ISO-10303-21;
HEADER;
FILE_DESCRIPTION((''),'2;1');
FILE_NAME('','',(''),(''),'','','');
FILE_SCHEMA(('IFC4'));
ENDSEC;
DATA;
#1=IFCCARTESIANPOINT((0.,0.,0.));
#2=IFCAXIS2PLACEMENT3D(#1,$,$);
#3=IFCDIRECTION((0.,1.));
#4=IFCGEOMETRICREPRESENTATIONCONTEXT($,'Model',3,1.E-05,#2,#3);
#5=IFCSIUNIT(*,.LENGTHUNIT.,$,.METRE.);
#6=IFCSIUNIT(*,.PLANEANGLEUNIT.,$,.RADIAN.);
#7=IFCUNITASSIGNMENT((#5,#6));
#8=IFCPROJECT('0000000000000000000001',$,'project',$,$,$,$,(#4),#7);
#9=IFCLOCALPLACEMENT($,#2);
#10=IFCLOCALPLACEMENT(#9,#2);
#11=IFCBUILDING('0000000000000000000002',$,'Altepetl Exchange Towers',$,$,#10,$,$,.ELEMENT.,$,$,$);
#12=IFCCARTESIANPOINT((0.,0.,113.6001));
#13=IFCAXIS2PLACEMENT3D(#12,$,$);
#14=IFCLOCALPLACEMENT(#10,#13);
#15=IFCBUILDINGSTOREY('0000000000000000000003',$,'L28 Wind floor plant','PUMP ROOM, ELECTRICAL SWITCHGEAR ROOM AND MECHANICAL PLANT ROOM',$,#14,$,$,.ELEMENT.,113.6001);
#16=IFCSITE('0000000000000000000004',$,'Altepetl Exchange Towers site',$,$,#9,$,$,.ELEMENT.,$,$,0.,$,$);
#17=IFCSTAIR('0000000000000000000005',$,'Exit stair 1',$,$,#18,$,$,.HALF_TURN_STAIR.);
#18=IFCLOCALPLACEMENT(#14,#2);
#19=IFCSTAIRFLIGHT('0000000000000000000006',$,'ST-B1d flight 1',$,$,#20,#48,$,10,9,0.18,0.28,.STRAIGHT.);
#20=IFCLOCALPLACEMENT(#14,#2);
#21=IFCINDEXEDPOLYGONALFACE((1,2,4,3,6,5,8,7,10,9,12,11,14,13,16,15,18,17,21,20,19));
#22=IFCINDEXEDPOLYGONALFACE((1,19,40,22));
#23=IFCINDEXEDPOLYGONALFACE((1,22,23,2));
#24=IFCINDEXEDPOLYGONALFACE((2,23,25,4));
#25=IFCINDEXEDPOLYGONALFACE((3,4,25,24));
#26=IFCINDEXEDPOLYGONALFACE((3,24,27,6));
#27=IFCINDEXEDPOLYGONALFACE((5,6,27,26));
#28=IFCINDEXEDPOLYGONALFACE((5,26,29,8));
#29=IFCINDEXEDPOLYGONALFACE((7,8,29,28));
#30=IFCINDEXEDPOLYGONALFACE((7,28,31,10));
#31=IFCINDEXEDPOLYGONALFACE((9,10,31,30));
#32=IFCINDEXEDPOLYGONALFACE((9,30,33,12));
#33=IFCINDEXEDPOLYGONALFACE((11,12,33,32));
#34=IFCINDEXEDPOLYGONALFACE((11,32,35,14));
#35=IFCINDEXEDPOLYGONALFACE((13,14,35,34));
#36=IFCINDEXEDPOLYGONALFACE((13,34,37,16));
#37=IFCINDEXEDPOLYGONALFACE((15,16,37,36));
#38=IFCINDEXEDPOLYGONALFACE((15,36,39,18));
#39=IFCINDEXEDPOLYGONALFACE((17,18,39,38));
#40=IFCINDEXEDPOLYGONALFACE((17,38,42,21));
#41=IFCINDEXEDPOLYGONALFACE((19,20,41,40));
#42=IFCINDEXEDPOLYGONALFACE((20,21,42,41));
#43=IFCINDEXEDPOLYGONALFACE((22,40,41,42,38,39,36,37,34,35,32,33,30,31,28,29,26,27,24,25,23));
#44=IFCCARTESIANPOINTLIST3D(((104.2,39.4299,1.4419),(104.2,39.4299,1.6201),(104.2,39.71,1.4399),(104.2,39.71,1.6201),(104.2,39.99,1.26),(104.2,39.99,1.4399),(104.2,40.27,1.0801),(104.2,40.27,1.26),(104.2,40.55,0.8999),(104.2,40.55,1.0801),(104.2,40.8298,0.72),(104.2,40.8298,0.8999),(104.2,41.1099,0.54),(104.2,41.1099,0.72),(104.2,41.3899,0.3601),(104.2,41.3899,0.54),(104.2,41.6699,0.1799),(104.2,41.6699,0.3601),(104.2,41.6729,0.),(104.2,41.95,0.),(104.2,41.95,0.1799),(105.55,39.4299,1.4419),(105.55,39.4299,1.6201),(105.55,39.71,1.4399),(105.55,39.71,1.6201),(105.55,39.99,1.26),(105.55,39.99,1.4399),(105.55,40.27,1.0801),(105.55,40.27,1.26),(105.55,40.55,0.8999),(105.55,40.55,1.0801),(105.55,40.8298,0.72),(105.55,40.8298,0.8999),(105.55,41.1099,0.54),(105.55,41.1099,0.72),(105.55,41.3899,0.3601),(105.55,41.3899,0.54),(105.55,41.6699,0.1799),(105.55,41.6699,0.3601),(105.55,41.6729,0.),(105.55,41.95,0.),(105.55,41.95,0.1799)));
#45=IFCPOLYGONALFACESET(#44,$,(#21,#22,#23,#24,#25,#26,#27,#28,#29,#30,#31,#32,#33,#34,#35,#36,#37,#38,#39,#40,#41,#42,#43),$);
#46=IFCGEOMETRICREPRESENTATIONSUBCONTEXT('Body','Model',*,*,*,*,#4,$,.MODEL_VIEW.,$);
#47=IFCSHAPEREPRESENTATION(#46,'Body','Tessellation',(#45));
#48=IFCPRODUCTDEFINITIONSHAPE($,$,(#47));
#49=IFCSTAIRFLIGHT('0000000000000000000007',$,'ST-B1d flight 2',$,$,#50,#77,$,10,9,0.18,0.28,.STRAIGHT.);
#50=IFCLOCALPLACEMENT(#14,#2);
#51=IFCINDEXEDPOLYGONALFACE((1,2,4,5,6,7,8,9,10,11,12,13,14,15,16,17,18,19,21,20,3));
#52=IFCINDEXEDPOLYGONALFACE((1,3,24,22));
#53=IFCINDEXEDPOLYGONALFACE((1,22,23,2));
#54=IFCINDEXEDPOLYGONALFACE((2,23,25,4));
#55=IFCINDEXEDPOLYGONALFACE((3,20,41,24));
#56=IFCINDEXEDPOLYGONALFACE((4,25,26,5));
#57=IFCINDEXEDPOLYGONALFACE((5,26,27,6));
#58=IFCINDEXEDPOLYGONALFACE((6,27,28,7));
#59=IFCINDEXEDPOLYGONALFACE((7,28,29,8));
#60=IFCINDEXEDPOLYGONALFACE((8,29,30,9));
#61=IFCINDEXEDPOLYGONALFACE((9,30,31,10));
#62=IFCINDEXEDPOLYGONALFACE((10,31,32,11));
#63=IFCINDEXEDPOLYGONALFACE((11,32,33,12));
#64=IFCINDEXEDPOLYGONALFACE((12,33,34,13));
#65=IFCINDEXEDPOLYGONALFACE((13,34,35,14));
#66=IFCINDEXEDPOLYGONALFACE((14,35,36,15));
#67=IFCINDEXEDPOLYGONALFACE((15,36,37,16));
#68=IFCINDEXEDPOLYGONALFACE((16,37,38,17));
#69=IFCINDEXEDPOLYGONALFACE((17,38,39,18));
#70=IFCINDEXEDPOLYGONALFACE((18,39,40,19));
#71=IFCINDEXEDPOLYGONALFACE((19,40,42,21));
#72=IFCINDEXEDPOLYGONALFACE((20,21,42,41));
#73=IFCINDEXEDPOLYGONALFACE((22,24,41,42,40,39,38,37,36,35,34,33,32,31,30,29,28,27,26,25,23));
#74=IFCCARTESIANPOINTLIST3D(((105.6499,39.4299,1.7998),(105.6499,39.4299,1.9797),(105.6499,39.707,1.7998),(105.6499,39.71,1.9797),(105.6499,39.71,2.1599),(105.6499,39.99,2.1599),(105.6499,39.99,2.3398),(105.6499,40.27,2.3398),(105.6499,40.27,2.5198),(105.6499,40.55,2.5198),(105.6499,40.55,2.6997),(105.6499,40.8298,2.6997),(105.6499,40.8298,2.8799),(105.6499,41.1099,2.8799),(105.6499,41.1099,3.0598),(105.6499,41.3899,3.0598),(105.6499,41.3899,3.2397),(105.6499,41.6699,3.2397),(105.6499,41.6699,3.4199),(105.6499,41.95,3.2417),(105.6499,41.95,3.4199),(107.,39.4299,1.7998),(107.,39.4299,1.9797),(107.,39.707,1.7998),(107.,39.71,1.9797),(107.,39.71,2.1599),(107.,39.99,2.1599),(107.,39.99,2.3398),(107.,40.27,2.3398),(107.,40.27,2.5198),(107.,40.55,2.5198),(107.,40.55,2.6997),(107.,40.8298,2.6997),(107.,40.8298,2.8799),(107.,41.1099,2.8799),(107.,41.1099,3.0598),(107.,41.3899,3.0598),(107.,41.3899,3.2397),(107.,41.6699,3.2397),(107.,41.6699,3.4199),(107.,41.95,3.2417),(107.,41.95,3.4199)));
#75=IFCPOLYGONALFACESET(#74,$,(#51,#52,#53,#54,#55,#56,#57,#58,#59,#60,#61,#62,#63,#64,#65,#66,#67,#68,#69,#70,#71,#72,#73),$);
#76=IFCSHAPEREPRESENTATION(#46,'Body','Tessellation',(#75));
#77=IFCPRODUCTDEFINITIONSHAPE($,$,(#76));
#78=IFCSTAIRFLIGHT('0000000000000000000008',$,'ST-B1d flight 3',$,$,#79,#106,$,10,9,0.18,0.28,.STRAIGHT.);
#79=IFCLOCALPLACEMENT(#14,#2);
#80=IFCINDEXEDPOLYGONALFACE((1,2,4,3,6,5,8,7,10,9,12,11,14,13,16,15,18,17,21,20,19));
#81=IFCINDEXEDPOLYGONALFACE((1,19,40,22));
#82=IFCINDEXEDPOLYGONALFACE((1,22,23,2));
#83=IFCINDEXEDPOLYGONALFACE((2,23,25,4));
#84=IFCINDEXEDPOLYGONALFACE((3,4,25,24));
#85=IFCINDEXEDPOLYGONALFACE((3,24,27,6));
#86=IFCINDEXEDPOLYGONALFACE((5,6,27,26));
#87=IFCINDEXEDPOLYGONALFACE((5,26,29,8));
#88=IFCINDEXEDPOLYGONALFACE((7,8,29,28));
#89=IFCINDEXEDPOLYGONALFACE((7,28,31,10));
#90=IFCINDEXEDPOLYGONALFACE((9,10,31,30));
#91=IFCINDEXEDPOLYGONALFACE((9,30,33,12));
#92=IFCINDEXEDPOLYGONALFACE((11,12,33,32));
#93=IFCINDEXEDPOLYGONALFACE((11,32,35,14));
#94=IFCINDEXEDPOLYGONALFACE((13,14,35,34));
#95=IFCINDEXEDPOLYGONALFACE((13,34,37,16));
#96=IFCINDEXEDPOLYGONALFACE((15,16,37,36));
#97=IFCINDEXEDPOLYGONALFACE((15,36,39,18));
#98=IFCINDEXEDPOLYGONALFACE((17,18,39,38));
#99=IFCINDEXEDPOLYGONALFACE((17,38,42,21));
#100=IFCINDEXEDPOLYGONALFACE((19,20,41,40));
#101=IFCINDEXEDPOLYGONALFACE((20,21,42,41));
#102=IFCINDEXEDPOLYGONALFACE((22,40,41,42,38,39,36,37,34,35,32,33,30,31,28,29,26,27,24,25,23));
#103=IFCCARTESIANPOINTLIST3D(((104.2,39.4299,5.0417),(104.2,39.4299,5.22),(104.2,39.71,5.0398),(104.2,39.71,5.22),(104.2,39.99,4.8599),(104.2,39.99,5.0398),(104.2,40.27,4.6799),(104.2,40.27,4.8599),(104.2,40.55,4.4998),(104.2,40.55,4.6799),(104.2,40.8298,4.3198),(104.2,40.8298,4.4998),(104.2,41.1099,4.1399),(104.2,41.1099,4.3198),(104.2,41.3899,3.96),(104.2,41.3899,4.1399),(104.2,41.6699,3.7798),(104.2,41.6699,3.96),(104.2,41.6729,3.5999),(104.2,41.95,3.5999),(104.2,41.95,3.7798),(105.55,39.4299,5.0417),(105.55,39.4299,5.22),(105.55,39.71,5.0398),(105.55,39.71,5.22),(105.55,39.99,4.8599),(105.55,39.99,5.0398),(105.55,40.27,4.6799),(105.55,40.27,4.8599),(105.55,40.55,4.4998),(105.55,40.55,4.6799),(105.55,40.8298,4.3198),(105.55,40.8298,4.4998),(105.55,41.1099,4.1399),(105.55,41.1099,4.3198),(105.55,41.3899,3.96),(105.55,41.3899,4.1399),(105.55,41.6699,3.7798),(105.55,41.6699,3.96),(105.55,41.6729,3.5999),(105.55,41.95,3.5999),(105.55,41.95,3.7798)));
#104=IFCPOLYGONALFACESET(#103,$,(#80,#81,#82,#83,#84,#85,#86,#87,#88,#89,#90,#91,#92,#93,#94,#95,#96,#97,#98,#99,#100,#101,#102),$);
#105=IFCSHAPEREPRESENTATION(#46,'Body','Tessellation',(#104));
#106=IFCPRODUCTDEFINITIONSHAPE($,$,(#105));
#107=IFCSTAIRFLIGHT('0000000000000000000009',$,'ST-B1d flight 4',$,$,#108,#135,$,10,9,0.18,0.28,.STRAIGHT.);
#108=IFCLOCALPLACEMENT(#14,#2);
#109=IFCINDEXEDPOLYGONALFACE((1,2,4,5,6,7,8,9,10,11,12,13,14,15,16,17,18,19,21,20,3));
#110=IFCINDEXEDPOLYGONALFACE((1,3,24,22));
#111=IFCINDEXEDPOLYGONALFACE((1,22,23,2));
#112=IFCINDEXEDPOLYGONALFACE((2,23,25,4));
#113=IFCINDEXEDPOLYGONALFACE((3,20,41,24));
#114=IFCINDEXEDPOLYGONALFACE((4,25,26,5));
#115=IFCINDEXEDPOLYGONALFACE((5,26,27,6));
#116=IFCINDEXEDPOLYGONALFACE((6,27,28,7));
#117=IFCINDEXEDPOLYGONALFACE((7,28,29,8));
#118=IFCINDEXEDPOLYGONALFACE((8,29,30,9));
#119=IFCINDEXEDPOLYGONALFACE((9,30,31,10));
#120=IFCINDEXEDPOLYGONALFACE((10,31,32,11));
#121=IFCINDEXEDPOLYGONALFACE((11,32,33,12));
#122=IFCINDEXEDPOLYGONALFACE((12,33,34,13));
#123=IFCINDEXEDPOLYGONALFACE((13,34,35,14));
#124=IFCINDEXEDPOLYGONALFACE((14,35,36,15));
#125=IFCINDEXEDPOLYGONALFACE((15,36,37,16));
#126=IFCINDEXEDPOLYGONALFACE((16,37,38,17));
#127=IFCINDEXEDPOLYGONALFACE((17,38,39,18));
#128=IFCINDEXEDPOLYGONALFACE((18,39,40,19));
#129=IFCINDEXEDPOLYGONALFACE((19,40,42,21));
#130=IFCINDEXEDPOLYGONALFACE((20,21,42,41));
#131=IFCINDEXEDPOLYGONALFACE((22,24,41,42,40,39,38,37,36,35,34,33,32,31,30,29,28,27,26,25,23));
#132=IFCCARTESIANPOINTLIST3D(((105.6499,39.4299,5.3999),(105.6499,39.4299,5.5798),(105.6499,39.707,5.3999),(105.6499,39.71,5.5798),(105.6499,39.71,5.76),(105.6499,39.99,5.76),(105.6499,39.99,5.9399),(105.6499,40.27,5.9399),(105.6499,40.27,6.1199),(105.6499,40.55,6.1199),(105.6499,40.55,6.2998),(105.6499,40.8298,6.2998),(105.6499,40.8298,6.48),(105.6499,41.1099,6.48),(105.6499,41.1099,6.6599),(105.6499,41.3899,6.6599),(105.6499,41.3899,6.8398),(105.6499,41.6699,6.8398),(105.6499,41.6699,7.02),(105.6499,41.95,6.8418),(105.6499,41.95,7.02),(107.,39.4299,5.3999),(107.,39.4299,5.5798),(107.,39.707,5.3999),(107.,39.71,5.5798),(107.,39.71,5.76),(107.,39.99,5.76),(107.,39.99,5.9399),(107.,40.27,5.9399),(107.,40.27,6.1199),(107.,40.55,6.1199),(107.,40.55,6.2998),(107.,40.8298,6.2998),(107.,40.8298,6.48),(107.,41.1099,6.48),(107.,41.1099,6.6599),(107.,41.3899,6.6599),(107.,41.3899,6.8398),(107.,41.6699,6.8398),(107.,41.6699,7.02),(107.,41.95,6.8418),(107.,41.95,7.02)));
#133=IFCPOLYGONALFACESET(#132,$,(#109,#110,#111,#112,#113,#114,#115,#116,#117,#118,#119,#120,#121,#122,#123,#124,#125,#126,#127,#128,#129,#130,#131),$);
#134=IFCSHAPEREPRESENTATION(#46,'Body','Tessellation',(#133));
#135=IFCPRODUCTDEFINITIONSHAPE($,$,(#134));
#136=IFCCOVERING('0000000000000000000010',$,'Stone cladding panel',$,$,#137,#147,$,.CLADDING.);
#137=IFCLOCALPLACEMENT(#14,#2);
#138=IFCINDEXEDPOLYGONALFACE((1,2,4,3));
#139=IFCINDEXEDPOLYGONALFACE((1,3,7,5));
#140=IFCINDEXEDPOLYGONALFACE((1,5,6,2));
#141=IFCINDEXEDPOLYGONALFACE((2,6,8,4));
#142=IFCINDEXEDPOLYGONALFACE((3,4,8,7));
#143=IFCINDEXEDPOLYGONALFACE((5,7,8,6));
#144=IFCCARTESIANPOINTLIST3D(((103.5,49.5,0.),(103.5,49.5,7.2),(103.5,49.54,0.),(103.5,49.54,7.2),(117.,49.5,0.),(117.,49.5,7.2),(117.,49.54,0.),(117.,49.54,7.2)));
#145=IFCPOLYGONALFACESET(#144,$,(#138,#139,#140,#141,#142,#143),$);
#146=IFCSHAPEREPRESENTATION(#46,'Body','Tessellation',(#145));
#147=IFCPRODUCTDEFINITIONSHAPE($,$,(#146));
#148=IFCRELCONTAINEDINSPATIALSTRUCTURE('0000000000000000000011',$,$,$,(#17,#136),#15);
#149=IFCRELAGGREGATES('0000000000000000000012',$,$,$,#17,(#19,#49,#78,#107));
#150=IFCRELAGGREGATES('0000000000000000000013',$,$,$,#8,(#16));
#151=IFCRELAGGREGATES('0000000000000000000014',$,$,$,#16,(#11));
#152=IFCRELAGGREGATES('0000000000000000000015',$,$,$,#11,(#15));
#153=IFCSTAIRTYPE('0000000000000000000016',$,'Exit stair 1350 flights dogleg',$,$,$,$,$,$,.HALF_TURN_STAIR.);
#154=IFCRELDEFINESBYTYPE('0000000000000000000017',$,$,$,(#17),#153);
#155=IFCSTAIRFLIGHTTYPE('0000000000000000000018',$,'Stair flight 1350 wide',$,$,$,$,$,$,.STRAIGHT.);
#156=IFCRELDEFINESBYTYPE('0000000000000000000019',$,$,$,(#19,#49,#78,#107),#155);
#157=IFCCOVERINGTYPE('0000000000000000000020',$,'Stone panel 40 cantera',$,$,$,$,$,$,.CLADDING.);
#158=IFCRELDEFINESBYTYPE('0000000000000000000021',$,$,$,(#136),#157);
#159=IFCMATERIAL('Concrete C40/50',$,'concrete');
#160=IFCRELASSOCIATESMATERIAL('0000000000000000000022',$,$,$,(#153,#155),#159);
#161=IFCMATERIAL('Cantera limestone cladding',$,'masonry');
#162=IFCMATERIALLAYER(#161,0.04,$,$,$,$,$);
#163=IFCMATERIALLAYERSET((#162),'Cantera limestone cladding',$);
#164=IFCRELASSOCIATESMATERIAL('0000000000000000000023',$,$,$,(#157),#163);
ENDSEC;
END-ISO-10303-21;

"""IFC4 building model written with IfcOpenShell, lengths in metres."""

from ifc_helpers import new_model, si_unit, direction, frame, origin, origin_2d, place, context, subcontext, project, spatial, polyline, rectangle, outline, extrude, material, layer, layer_set, type_object, element, aggregate, save


model = new_model("IFC4")

# Units and contexts
model_context = context("Model", 3, precision=1e-05, world=origin(), true_north=direction((0.0, 1.0)))
body_context = subcontext(model_context, "Body", "Model", "MODEL_VIEW")
ifc_project = project(units=[si_unit("LENGTHUNIT", "METRE"), si_unit("PLANEANGLEUNIT", "RADIAN")], contexts=[model_context])

# Site, building, storey
site_placement = place(None, origin())
site = spatial("IfcSite", under=ifc_project, at=site_placement, Name="Altepetl Exchange Towers site", CompositionType="ELEMENT", RefElevation=0.0)
building_placement = place(site_placement, origin())
building = spatial("IfcBuilding", under=site, at=building_placement, Name="Altepetl Exchange Towers", CompositionType="ELEMENT")
storey_placement = place(building_placement, frame((0.0, 0.0, 113.6001)))
storey = spatial("IfcBuildingStorey", under=building, at=storey_placement, Name="L28 Wind floor plant", Description="PUMP ROOM, ELECTRICAL SWITCHGEAR ROOM AND MECHANICAL PLANT ROOM", CompositionType="ELEMENT", Elevation=113.6001)

# Shared definitions
ifc_material_1 = material(Name="Concrete C40/50", Category="concrete")

# Stair, stair flights
stair_type = type_object("IfcStairType", Name="Exit stair 1350 flights dogleg", PredefinedType="HALF_TURN_STAIR", material=ifc_material_1)
stair_placement = place(storey_placement, origin())
stair = element("IfcStair", 1, at=stair_placement, inside=storey, type_object=stair_type, Name="Exit stair 1", PredefinedType="HALF_TURN_STAIR")
stair_flight_type = type_object("IfcStairFlightType", Name="Stair flight 1350 wide", PredefinedType="STRAIGHT", material=ifc_material_1)
stair_flight_1_placement = place(storey_placement, frame((104.875, 41.95, 0.0), z_axis=(0.0, 0.0, 1.0), x_axis=(0.0, -1.0, 0.0)))
stair_flight_1 = element("IfcStairFlight", 2, at=stair_flight_1_placement, type_object=stair_flight_type, Name="ST-B1d flight 1", NumberOfRisers=10, NumberOfTreads=9, PredefinedType="STRAIGHT", RiserHeight=0.18, TreadLength=0.28, context=body_context, shape_type="SweptSolid", body=[
    extrude(outline(polyline([(0.0, 0.0), (0.0, 0.1799), (0.28, 0.1799), (0.28, 0.3601), (0.5601, 0.3601), (0.5601, 0.54), (0.8401, 0.54), (0.8401, 0.72), (1.1201, 0.72), (1.1201, 0.8999), (1.3999, 0.8999), (1.3999, 1.0801), (1.6799, 1.0801), (1.6799, 1.26), (1.96, 1.26), (1.96, 1.4399), (2.24, 1.4399), (2.24, 1.6201), (2.52, 1.6201), (2.52, 1.8), (2.52, 1.4419), (0.2771, 0.0), (0.0, 0.0)])), frame((0.0, 0.675, 0.0), z_axis=(0.0, -1.0, 0.0), x_axis=(1.0, 0.0, 0.0)), (0.0, 0.0, 1.0), 1.3501),
])
stair_flight_2_placement = place(storey_placement, frame((106.325, 39.4299, 1.7998), z_axis=(0.0, 0.0, 1.0), x_axis=(0.0, 1.0, 0.0)))
stair_flight_2 = element("IfcStairFlight", 3, at=stair_flight_2_placement, type_object=stair_flight_type, Name="ST-B1d flight 2", NumberOfRisers=10, NumberOfTreads=9, PredefinedType="STRAIGHT", RiserHeight=0.18, TreadLength=0.28, context=body_context, shape_type="SweptSolid", body=[
    extrude(outline(polyline([(0.0, 0.0), (0.0, 0.1799), (0.28, 0.1799), (0.28, 0.3601), (0.5601, 0.3601), (0.5601, 0.54), (0.8401, 0.54), (0.8401, 0.72), (1.1201, 0.72), (1.1201, 0.8999), (1.3999, 0.8999), (1.3999, 1.0801), (1.6799, 1.0801), (1.6799, 1.26), (1.96, 1.26), (1.96, 1.4399), (2.24, 1.4399), (2.24, 1.6201), (2.52, 1.6201), (2.52, 1.8), (2.52, 1.4419), (0.2771, 0.0), (0.0, 0.0)])), frame((0.0, 0.675, 0.0), z_axis=(0.0, -1.0, 0.0), x_axis=(1.0, 0.0, 0.0)), (0.0, 0.0, 1.0), 1.3501),
])
stair_flight_3_placement = place(storey_placement, frame((104.875, 41.95, 3.5999), z_axis=(0.0, 0.0, 1.0), x_axis=(0.0, -1.0, 0.0)))
stair_flight_3 = element("IfcStairFlight", 4, at=stair_flight_3_placement, type_object=stair_flight_type, Name="ST-B1d flight 3", NumberOfRisers=10, NumberOfTreads=9, PredefinedType="STRAIGHT", RiserHeight=0.18, TreadLength=0.28, context=body_context, shape_type="SweptSolid", body=[
    extrude(outline(polyline([(0.0, 0.0), (0.0, 0.1799), (0.28, 0.1799), (0.28, 0.3601), (0.5601, 0.3601), (0.5601, 0.54), (0.8401, 0.54), (0.8401, 0.72), (1.1201, 0.72), (1.1201, 0.8999), (1.3999, 0.8999), (1.3999, 1.0801), (1.6799, 1.0801), (1.6799, 1.26), (1.96, 1.26), (1.96, 1.4399), (2.24, 1.4399), (2.24, 1.6201), (2.52, 1.6201), (2.52, 1.8), (2.52, 1.4419), (0.2771, 0.0), (0.0, 0.0)])), frame((0.0, 0.675, 0.0), z_axis=(0.0, -1.0, 0.0), x_axis=(1.0, 0.0, 0.0)), (0.0, 0.0, 1.0), 1.3501),
])
stair_flight_4_placement = place(storey_placement, frame((106.325, 39.4299, 5.3999), z_axis=(0.0, 0.0, 1.0), x_axis=(0.0, 1.0, 0.0)))
stair_flight_4 = element("IfcStairFlight", 5, at=stair_flight_4_placement, type_object=stair_flight_type, Name="ST-B1d flight 4", NumberOfRisers=10, NumberOfTreads=9, PredefinedType="STRAIGHT", RiserHeight=0.18, TreadLength=0.28, context=body_context, shape_type="SweptSolid", body=[
    extrude(outline(polyline([(0.0, 0.0), (0.0, 0.1799), (0.28, 0.1799), (0.28, 0.3601), (0.5601, 0.3601), (0.5601, 0.54), (0.8401, 0.54), (0.8401, 0.72), (1.1201, 0.72), (1.1201, 0.8999), (1.3999, 0.8999), (1.3999, 1.0801), (1.6799, 1.0801), (1.6799, 1.26), (1.96, 1.26), (1.96, 1.4399), (2.24, 1.4399), (2.24, 1.6201), (2.52, 1.6201), (2.52, 1.8), (2.52, 1.4419), (0.2771, 0.0), (0.0, 0.0)])), frame((0.0, 0.675, 0.0), z_axis=(0.0, -1.0, 0.0), x_axis=(1.0, 0.0, 0.0)), (0.0, 0.0, 1.0), 1.3501),
])
aggregate(stair, [stair_flight_1, stair_flight_2, stair_flight_3, stair_flight_4])

# Covering
ifc_material_2 = material(Name="Cantera limestone cladding", Category="masonry")
ifc_layer_1 = layer(ifc_material_2, 0.04)
ifc_layer_set_1 = layer_set([ifc_layer_1], Name="Cantera limestone cladding")
covering_type = type_object("IfcCoveringType", Name="Stone panel 40 cantera", PredefinedType="CLADDING", material=ifc_layer_set_1)
covering_placement = place(storey_placement, frame((110.25, 49.52, 0.0), z_axis=(0.0, 0.0, 1.0), x_axis=(-1.0, 0.0, 0.0)))
element("IfcCovering", 6, at=covering_placement, inside=storey, type_object=covering_type, Name="Stone cladding panel", PredefinedType="CLADDING", context=body_context, shape_type="SweptSolid", body=[
    extrude(rectangle(XDim=13.5, YDim=0.04, at=origin_2d()), origin(), (0.0, 0.0, 1.0), 7.2),
])

save(model, "model.ifc")
